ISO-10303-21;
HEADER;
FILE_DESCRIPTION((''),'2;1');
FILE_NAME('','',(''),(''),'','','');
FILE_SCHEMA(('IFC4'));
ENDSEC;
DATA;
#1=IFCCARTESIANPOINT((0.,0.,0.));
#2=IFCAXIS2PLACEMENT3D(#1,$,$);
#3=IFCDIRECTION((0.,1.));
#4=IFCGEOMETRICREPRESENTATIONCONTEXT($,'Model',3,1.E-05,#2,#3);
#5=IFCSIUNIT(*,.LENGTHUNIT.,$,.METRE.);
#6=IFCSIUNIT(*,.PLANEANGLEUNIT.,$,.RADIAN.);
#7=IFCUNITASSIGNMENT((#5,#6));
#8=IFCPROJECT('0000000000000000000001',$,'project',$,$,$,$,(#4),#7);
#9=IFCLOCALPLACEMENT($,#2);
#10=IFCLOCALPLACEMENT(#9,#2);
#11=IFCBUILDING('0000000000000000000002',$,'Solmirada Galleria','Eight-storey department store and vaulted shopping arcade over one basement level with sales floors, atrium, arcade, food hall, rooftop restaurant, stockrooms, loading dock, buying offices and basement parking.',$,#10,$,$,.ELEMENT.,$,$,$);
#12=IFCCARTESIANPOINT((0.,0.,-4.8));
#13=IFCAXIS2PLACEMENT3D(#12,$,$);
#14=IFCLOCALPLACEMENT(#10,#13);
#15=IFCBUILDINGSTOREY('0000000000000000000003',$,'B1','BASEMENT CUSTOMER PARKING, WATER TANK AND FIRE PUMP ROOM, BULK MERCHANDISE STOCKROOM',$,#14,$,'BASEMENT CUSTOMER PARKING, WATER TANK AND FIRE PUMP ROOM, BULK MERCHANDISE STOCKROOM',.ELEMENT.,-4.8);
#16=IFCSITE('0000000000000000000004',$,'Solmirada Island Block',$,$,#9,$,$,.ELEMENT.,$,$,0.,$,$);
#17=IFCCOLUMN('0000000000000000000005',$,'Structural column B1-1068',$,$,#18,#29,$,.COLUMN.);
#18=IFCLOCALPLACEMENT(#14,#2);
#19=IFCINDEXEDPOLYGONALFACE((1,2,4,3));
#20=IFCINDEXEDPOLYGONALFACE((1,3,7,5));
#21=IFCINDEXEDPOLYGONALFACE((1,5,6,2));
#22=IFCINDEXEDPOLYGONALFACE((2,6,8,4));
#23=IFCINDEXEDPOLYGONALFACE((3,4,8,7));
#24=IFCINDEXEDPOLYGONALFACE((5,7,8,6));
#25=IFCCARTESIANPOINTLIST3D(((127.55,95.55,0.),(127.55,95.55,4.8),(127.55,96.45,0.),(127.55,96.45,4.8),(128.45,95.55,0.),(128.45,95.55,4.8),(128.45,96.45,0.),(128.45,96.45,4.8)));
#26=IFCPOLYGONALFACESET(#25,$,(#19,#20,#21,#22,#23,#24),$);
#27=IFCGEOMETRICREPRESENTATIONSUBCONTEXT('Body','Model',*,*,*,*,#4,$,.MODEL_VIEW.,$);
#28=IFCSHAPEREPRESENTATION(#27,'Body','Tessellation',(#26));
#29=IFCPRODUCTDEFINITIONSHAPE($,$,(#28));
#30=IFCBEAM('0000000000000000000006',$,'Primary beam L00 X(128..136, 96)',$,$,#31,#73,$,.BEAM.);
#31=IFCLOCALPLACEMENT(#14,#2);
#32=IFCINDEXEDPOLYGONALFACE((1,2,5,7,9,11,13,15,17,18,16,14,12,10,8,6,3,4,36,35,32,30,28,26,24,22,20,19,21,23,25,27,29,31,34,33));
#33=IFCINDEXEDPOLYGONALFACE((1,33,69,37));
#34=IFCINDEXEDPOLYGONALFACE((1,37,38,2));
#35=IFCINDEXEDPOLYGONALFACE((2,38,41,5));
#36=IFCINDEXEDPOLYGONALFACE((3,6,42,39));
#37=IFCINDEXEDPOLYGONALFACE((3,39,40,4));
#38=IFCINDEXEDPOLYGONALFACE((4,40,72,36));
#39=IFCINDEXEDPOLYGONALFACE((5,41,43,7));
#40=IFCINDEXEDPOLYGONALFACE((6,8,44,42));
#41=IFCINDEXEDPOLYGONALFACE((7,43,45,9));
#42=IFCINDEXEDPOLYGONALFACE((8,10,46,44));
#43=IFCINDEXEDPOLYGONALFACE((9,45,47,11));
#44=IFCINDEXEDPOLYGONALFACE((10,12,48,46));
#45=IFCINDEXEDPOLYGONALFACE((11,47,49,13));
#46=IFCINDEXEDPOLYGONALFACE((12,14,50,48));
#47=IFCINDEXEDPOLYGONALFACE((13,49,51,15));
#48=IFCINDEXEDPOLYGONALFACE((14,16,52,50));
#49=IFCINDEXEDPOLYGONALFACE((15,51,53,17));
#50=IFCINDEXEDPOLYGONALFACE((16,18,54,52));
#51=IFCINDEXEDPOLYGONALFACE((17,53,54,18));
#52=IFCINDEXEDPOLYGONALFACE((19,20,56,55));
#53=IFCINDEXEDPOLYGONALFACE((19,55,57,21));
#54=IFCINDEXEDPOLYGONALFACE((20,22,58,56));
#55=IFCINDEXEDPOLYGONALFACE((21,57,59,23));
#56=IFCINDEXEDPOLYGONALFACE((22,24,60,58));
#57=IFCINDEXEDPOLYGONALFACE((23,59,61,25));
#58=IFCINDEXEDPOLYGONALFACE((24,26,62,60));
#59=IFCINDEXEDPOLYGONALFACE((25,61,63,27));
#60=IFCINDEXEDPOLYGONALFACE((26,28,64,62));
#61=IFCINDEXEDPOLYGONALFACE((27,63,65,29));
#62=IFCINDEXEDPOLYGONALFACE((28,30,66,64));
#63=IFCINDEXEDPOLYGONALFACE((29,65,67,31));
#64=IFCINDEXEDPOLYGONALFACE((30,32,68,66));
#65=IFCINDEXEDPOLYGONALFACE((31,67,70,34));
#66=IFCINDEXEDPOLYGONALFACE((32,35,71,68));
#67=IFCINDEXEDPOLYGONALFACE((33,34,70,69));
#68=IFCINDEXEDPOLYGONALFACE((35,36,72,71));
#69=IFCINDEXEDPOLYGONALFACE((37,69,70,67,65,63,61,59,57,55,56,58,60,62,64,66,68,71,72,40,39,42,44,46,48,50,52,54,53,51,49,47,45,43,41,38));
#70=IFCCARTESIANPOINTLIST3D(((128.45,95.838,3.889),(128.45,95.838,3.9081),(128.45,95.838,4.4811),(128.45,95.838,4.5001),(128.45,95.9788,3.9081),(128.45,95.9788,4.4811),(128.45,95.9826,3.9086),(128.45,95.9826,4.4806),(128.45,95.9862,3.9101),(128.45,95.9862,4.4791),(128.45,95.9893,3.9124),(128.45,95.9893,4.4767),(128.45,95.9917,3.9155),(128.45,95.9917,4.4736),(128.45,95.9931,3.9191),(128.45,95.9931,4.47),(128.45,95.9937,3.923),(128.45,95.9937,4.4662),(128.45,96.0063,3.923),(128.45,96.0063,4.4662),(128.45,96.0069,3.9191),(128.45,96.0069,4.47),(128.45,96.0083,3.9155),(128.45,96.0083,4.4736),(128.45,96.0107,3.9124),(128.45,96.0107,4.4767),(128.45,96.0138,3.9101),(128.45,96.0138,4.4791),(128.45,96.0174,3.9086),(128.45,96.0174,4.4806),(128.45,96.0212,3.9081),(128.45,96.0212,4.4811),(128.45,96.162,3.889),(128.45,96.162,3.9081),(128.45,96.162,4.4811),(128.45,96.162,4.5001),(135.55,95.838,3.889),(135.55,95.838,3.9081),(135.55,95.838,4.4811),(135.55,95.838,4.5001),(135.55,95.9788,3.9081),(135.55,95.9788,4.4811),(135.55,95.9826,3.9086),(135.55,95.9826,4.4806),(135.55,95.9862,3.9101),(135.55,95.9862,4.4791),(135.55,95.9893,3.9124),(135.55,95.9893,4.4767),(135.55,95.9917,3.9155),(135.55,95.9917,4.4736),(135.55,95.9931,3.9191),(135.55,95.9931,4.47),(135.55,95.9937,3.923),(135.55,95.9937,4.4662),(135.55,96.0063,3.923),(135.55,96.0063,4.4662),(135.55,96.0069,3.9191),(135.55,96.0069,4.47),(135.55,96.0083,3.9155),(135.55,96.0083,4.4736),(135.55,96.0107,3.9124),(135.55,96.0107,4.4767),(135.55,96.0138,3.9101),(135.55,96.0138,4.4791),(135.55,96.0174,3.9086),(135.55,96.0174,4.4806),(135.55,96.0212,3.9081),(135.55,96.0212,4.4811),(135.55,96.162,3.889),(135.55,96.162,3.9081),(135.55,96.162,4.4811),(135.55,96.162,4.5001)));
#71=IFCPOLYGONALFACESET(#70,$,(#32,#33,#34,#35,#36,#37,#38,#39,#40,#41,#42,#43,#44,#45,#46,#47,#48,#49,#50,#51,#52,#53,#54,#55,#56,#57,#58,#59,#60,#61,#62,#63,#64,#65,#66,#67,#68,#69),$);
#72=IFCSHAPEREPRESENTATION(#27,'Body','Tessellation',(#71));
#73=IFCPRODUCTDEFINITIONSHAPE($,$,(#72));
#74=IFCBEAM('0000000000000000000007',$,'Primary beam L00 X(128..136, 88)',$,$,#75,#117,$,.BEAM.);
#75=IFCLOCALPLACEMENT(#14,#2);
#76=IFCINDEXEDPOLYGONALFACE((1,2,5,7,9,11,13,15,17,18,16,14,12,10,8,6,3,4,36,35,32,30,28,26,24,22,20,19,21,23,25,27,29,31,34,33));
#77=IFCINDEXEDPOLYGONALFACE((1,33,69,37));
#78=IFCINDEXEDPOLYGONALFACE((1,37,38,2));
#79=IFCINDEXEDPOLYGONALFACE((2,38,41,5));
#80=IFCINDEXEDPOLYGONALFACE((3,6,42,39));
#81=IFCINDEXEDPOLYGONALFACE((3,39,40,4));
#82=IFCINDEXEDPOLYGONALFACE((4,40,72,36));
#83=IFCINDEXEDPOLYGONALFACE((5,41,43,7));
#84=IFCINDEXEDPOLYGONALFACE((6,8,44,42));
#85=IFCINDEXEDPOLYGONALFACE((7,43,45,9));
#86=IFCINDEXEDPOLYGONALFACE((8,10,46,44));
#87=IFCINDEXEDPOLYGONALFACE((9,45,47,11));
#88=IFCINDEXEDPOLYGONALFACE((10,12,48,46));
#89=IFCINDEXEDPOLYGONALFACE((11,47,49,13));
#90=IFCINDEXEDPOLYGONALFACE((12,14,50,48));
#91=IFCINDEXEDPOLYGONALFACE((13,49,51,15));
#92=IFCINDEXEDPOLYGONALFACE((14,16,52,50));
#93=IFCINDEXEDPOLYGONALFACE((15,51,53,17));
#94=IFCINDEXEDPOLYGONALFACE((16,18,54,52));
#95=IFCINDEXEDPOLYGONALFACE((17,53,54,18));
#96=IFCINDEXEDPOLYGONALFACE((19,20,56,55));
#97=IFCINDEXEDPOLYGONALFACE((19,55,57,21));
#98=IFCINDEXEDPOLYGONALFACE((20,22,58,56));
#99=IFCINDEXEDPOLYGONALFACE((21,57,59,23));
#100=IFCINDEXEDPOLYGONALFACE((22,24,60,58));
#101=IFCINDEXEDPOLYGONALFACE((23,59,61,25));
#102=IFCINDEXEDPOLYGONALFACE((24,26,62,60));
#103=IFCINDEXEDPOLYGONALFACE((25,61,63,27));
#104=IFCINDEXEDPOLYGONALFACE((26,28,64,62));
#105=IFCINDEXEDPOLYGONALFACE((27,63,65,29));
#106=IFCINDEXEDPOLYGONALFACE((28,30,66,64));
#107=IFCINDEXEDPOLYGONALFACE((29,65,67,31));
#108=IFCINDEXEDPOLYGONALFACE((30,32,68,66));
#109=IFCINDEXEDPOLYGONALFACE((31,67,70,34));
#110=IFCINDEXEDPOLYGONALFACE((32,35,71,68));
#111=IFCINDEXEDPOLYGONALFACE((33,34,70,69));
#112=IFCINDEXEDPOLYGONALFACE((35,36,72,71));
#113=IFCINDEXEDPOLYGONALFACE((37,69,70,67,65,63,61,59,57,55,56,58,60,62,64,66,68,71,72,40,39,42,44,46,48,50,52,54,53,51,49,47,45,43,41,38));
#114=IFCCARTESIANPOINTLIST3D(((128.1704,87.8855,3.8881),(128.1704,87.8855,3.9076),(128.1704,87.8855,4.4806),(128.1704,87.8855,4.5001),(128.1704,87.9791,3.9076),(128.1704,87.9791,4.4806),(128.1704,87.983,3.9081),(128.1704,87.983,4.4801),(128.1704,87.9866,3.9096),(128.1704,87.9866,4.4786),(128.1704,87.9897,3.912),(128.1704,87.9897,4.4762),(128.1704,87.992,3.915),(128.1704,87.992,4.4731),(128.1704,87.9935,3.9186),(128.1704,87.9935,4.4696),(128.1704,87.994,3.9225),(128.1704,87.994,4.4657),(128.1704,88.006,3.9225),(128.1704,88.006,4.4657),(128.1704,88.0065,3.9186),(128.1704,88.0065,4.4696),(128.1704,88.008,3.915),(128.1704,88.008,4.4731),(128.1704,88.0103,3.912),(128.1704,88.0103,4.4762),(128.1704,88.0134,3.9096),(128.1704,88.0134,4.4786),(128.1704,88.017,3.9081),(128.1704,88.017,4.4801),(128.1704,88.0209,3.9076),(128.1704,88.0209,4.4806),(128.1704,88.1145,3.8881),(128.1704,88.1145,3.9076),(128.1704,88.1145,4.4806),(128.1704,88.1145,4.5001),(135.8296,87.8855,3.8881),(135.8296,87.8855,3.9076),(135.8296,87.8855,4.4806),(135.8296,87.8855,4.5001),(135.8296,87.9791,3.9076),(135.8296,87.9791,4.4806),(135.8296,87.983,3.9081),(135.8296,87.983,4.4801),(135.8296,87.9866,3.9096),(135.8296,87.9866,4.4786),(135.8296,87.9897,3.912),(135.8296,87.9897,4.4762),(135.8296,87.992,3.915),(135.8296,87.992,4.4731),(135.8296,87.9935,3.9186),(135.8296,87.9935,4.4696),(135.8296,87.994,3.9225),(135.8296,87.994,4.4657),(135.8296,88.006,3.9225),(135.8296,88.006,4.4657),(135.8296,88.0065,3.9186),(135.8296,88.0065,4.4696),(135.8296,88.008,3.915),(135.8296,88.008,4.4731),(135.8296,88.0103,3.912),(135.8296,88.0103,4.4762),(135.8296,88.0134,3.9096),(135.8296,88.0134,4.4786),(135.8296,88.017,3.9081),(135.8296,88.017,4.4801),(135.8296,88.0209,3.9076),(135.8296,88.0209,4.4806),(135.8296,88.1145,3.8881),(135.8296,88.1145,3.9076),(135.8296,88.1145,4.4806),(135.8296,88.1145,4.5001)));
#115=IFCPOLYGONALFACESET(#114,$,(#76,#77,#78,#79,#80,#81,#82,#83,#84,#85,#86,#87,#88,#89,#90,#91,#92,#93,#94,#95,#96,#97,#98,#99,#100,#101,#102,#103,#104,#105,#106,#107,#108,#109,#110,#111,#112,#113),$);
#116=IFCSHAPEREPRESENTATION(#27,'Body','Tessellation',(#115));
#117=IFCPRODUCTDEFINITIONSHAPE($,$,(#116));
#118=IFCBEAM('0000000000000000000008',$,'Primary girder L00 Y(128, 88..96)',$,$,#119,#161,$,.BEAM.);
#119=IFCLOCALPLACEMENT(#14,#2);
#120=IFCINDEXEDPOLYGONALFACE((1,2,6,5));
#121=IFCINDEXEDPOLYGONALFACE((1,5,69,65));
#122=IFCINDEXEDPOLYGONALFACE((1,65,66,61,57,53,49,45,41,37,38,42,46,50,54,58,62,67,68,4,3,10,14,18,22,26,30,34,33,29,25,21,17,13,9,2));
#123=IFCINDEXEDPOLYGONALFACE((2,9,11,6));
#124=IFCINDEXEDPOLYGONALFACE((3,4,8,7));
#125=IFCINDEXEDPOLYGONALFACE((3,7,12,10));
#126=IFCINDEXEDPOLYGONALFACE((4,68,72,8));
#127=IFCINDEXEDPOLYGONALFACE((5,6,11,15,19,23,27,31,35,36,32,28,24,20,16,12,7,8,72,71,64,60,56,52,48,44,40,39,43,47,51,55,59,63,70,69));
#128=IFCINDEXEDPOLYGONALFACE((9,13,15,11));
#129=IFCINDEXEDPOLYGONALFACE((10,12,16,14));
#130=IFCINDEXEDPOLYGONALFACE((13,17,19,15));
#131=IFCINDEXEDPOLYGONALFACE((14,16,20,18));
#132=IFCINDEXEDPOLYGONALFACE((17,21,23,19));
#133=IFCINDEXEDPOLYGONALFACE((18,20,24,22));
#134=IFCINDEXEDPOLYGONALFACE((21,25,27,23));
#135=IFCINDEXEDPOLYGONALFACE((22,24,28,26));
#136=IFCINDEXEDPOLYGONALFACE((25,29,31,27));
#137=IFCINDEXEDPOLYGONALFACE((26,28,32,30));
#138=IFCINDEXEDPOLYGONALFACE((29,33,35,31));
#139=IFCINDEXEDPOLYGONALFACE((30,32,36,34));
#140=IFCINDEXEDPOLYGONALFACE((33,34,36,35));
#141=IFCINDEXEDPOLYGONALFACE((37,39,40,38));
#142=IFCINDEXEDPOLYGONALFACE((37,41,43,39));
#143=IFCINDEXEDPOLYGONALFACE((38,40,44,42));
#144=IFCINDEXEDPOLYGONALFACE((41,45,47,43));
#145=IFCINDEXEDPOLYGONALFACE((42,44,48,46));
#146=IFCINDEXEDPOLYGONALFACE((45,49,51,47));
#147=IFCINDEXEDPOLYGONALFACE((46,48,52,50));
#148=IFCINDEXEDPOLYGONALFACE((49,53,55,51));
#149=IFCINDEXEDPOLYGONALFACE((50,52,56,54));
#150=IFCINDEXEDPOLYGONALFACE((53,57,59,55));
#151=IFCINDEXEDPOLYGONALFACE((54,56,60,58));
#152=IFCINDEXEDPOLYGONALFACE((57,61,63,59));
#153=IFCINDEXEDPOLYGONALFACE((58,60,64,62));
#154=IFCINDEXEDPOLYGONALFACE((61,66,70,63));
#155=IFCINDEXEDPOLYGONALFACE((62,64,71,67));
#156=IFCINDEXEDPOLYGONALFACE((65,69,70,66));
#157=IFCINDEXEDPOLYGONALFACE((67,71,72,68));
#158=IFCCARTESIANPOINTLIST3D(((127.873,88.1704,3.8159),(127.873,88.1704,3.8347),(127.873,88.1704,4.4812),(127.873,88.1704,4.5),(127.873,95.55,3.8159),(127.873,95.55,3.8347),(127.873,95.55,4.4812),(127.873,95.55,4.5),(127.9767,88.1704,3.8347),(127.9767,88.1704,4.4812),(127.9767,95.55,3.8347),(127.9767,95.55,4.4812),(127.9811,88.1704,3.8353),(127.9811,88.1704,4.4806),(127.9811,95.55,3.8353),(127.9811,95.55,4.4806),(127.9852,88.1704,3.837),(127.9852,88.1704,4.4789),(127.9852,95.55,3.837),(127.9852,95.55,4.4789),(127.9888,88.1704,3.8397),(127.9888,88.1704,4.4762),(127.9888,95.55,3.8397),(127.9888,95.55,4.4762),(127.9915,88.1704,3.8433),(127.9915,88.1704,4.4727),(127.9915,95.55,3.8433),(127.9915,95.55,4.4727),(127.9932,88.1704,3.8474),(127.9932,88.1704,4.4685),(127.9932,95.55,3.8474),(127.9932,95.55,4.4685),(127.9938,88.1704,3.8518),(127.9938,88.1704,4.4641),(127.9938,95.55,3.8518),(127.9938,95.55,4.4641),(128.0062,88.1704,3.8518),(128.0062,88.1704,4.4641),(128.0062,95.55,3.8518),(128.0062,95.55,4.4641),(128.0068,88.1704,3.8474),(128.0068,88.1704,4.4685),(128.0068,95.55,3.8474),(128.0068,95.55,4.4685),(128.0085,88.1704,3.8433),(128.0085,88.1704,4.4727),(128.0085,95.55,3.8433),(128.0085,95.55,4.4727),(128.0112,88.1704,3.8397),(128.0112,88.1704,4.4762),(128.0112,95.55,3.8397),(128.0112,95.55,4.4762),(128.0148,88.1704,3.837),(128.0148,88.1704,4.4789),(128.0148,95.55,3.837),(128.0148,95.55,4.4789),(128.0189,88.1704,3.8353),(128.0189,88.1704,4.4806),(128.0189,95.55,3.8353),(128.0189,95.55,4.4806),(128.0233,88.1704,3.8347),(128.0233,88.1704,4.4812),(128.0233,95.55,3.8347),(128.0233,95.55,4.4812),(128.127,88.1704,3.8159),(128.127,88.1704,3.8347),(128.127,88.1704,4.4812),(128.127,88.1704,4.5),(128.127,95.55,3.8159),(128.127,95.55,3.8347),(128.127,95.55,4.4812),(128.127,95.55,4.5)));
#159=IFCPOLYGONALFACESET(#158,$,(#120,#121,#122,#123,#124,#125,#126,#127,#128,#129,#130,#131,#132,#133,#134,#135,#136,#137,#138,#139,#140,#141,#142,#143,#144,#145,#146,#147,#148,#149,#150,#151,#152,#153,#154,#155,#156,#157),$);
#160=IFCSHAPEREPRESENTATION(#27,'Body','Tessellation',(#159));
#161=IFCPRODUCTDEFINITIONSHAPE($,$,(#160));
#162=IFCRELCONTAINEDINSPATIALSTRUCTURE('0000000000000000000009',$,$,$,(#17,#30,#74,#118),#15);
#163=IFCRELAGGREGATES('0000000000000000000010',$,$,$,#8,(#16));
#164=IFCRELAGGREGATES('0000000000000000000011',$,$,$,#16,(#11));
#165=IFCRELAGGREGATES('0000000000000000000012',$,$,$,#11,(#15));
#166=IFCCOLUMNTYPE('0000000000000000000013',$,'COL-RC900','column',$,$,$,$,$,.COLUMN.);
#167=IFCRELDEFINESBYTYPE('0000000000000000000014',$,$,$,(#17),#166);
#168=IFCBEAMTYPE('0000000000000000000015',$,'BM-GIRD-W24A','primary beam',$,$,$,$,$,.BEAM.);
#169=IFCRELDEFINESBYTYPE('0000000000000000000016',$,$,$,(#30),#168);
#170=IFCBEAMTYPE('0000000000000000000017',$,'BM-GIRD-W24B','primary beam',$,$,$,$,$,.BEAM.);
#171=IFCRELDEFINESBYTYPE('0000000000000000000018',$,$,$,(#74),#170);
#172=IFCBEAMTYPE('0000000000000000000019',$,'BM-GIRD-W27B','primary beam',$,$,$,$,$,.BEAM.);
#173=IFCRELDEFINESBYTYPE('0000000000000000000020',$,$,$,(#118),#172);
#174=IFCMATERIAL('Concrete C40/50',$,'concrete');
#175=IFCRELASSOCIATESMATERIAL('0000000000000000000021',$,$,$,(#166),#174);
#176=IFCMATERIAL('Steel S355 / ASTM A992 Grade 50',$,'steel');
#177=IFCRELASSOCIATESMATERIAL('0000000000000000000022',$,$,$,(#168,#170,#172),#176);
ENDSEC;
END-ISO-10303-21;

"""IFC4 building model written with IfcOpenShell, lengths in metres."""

from ifc_helpers import new_model, si_unit, direction, frame, origin, origin_2d, place, context, subcontext, project, spatial, rectangle, i_section, extrude, material, material_profile, profile_set, type_object, element, save


model = new_model("IFC4")

# Units and contexts
model_context = context("Model", 3, precision=1e-05, world=origin(), true_north=direction((0.0, 1.0)))
body_context = subcontext(model_context, "Body", "Model", "MODEL_VIEW")
ifc_project = project(units=[si_unit("LENGTHUNIT", "METRE"), si_unit("PLANEANGLEUNIT", "RADIAN")], contexts=[model_context])

# Site, building, storey
site_placement = place(None, origin())
site = spatial("IfcSite", under=ifc_project, at=site_placement, Name="Solmirada Island Block", CompositionType="ELEMENT", RefElevation=0.0)
building_placement = place(site_placement, origin())
building = spatial("IfcBuilding", under=site, at=building_placement, Name="Solmirada Galleria", Description="Eight-storey department store and vaulted shopping arcade over one basement level with sales floors, atrium, arcade, food hall, rooftop restaurant, stockrooms, loading dock, buying offices and basement parking.", CompositionType="ELEMENT")
storey_placement = place(building_placement, frame((0.0, 0.0, -4.8)))
storey = spatial("IfcBuildingStorey", under=building, at=storey_placement, Name="B1", Description="BASEMENT CUSTOMER PARKING, WATER TANK AND FIRE PUMP ROOM, BULK MERCHANDISE STOCKROOM", LongName="BASEMENT CUSTOMER PARKING, WATER TANK AND FIRE PUMP ROOM, BULK MERCHANDISE STOCKROOM", CompositionType="ELEMENT", Elevation=-4.8)

# Shared definitions
ifc_material_1 = material(Name="Concrete C40/50", Category="concrete")

# Column
ifc_material_profile_1 = material_profile(ifc_material_1, rectangle(XDim=0.8999, YDim=0.8999, at=origin_2d()), Name="RC900X900")
ifc_profile_set_1 = profile_set([ifc_material_profile_1], Name="Concrete C40/50")
column_type_1 = type_object("IfcColumnType", Name="COL-RC900", Description="column", PredefinedType="COLUMN", material=ifc_profile_set_1)
column_1_placement = place(storey_placement, frame((128.0, 96.0, 0.0), z_axis=(0.0, 0.0, 1.0), x_axis=(1.0, 0.0, 0.0)))
element("IfcColumn", 1, at=column_1_placement, inside=storey, type_object=column_type_1, Name="Structural column B1-1068", PredefinedType="COLUMN", context=body_context, shape_type="SweptSolid", body=[
    extrude(rectangle(XDim=0.8999, YDim=0.8999, at=origin_2d()), origin(), (0.0, 0.0, 1.0), 4.8),
])

# Beams
ifc_material_2 = material(Name="Steel S355 / ASTM A992 Grade 50", Category="steel")
ifc_material_profile_2 = material_profile(ifc_material_2, i_section(OverallWidth=0.324, OverallDepth=0.6111, WebThickness=0.0127, FlangeThickness=0.019, FilletRadius=0.0149, at=origin_2d()), Name="W24X104")
ifc_profile_set_2 = profile_set([ifc_material_profile_2], Name="Steel S355 / ASTM A992 Grade 50")
beam_type_1 = type_object("IfcBeamType", Name="BM-GIRD-W24A", Description="primary beam", PredefinedType="BEAM", material=ifc_profile_set_2)
beam_1_placement = place(storey_placement, frame((128.45, 96.0, 4.1946), z_axis=(1.0, 0.0, 0.0), x_axis=(0.0, 1.0, 0.0)))
element("IfcBeam", 2, at=beam_1_placement, inside=storey, type_object=beam_type_1, Name="Primary beam L00 X(128..136, 96)", PredefinedType="BEAM", context=body_context, shape_type="SweptSolid", body=[
    extrude(i_section(OverallWidth=0.324, OverallDepth=0.6111, WebThickness=0.0127, FlangeThickness=0.019, FilletRadius=0.0149, at=origin_2d()), origin(), (0.0, 0.0, 1.0), 7.1001),
])
ifc_material_profile_3 = material_profile(ifc_material_2, i_section(OverallWidth=0.229, OverallDepth=0.6121, WebThickness=0.012, FlangeThickness=0.0195, FilletRadius=0.0149, at=origin_2d()), Name="W24X84")
ifc_profile_set_3 = profile_set([ifc_material_profile_3], Name="Steel S355 / ASTM A992 Grade 50")
beam_type_2 = type_object("IfcBeamType", Name="BM-GIRD-W24B", Description="primary beam", PredefinedType="BEAM", material=ifc_profile_set_3)
beam_2_placement = place(storey_placement, frame((128.1704, 88.0, 4.1941), z_axis=(1.0, 0.0, 0.0), x_axis=(0.0, 1.0, 0.0)))
element("IfcBeam", 3, at=beam_2_placement, inside=storey, type_object=beam_type_2, Name="Primary beam L00 X(128..136, 88)", PredefinedType="BEAM", context=body_context, shape_type="SweptSolid", body=[
    extrude(i_section(OverallWidth=0.229, OverallDepth=0.6121, WebThickness=0.012, FlangeThickness=0.0195, FilletRadius=0.0149, at=origin_2d()), origin(), (0.0, 0.0, 1.0), 7.6592),
])
ifc_material_profile_4 = material_profile(ifc_material_2, i_section(OverallWidth=0.2539, OverallDepth=0.6841, WebThickness=0.0125, FlangeThickness=0.0188, FilletRadius=0.0171, at=origin_2d()), Name="W27X94")
ifc_profile_set_4 = profile_set([ifc_material_profile_4], Name="Steel S355 / ASTM A992 Grade 50")
beam_type_3 = type_object("IfcBeamType", Name="BM-GIRD-W27B", Description="primary beam", PredefinedType="BEAM", material=ifc_profile_set_4)
beam_3_placement = place(storey_placement, frame((128.0, 88.1704, 4.158), z_axis=(0.0, 1.0, 0.0), x_axis=(-1.0, 0.0, 0.0)))
element("IfcBeam", 4, at=beam_3_placement, inside=storey, type_object=beam_type_3, Name="Primary girder L00 Y(128, 88..96)", PredefinedType="BEAM", context=body_context, shape_type="SweptSolid", body=[
    extrude(i_section(OverallWidth=0.2539, OverallDepth=0.6841, WebThickness=0.0125, FlangeThickness=0.0188, FilletRadius=0.0171, at=origin_2d()), origin(), (0.0, 0.0, 1.0), 7.3796),
])

save(model, "model.ifc")
